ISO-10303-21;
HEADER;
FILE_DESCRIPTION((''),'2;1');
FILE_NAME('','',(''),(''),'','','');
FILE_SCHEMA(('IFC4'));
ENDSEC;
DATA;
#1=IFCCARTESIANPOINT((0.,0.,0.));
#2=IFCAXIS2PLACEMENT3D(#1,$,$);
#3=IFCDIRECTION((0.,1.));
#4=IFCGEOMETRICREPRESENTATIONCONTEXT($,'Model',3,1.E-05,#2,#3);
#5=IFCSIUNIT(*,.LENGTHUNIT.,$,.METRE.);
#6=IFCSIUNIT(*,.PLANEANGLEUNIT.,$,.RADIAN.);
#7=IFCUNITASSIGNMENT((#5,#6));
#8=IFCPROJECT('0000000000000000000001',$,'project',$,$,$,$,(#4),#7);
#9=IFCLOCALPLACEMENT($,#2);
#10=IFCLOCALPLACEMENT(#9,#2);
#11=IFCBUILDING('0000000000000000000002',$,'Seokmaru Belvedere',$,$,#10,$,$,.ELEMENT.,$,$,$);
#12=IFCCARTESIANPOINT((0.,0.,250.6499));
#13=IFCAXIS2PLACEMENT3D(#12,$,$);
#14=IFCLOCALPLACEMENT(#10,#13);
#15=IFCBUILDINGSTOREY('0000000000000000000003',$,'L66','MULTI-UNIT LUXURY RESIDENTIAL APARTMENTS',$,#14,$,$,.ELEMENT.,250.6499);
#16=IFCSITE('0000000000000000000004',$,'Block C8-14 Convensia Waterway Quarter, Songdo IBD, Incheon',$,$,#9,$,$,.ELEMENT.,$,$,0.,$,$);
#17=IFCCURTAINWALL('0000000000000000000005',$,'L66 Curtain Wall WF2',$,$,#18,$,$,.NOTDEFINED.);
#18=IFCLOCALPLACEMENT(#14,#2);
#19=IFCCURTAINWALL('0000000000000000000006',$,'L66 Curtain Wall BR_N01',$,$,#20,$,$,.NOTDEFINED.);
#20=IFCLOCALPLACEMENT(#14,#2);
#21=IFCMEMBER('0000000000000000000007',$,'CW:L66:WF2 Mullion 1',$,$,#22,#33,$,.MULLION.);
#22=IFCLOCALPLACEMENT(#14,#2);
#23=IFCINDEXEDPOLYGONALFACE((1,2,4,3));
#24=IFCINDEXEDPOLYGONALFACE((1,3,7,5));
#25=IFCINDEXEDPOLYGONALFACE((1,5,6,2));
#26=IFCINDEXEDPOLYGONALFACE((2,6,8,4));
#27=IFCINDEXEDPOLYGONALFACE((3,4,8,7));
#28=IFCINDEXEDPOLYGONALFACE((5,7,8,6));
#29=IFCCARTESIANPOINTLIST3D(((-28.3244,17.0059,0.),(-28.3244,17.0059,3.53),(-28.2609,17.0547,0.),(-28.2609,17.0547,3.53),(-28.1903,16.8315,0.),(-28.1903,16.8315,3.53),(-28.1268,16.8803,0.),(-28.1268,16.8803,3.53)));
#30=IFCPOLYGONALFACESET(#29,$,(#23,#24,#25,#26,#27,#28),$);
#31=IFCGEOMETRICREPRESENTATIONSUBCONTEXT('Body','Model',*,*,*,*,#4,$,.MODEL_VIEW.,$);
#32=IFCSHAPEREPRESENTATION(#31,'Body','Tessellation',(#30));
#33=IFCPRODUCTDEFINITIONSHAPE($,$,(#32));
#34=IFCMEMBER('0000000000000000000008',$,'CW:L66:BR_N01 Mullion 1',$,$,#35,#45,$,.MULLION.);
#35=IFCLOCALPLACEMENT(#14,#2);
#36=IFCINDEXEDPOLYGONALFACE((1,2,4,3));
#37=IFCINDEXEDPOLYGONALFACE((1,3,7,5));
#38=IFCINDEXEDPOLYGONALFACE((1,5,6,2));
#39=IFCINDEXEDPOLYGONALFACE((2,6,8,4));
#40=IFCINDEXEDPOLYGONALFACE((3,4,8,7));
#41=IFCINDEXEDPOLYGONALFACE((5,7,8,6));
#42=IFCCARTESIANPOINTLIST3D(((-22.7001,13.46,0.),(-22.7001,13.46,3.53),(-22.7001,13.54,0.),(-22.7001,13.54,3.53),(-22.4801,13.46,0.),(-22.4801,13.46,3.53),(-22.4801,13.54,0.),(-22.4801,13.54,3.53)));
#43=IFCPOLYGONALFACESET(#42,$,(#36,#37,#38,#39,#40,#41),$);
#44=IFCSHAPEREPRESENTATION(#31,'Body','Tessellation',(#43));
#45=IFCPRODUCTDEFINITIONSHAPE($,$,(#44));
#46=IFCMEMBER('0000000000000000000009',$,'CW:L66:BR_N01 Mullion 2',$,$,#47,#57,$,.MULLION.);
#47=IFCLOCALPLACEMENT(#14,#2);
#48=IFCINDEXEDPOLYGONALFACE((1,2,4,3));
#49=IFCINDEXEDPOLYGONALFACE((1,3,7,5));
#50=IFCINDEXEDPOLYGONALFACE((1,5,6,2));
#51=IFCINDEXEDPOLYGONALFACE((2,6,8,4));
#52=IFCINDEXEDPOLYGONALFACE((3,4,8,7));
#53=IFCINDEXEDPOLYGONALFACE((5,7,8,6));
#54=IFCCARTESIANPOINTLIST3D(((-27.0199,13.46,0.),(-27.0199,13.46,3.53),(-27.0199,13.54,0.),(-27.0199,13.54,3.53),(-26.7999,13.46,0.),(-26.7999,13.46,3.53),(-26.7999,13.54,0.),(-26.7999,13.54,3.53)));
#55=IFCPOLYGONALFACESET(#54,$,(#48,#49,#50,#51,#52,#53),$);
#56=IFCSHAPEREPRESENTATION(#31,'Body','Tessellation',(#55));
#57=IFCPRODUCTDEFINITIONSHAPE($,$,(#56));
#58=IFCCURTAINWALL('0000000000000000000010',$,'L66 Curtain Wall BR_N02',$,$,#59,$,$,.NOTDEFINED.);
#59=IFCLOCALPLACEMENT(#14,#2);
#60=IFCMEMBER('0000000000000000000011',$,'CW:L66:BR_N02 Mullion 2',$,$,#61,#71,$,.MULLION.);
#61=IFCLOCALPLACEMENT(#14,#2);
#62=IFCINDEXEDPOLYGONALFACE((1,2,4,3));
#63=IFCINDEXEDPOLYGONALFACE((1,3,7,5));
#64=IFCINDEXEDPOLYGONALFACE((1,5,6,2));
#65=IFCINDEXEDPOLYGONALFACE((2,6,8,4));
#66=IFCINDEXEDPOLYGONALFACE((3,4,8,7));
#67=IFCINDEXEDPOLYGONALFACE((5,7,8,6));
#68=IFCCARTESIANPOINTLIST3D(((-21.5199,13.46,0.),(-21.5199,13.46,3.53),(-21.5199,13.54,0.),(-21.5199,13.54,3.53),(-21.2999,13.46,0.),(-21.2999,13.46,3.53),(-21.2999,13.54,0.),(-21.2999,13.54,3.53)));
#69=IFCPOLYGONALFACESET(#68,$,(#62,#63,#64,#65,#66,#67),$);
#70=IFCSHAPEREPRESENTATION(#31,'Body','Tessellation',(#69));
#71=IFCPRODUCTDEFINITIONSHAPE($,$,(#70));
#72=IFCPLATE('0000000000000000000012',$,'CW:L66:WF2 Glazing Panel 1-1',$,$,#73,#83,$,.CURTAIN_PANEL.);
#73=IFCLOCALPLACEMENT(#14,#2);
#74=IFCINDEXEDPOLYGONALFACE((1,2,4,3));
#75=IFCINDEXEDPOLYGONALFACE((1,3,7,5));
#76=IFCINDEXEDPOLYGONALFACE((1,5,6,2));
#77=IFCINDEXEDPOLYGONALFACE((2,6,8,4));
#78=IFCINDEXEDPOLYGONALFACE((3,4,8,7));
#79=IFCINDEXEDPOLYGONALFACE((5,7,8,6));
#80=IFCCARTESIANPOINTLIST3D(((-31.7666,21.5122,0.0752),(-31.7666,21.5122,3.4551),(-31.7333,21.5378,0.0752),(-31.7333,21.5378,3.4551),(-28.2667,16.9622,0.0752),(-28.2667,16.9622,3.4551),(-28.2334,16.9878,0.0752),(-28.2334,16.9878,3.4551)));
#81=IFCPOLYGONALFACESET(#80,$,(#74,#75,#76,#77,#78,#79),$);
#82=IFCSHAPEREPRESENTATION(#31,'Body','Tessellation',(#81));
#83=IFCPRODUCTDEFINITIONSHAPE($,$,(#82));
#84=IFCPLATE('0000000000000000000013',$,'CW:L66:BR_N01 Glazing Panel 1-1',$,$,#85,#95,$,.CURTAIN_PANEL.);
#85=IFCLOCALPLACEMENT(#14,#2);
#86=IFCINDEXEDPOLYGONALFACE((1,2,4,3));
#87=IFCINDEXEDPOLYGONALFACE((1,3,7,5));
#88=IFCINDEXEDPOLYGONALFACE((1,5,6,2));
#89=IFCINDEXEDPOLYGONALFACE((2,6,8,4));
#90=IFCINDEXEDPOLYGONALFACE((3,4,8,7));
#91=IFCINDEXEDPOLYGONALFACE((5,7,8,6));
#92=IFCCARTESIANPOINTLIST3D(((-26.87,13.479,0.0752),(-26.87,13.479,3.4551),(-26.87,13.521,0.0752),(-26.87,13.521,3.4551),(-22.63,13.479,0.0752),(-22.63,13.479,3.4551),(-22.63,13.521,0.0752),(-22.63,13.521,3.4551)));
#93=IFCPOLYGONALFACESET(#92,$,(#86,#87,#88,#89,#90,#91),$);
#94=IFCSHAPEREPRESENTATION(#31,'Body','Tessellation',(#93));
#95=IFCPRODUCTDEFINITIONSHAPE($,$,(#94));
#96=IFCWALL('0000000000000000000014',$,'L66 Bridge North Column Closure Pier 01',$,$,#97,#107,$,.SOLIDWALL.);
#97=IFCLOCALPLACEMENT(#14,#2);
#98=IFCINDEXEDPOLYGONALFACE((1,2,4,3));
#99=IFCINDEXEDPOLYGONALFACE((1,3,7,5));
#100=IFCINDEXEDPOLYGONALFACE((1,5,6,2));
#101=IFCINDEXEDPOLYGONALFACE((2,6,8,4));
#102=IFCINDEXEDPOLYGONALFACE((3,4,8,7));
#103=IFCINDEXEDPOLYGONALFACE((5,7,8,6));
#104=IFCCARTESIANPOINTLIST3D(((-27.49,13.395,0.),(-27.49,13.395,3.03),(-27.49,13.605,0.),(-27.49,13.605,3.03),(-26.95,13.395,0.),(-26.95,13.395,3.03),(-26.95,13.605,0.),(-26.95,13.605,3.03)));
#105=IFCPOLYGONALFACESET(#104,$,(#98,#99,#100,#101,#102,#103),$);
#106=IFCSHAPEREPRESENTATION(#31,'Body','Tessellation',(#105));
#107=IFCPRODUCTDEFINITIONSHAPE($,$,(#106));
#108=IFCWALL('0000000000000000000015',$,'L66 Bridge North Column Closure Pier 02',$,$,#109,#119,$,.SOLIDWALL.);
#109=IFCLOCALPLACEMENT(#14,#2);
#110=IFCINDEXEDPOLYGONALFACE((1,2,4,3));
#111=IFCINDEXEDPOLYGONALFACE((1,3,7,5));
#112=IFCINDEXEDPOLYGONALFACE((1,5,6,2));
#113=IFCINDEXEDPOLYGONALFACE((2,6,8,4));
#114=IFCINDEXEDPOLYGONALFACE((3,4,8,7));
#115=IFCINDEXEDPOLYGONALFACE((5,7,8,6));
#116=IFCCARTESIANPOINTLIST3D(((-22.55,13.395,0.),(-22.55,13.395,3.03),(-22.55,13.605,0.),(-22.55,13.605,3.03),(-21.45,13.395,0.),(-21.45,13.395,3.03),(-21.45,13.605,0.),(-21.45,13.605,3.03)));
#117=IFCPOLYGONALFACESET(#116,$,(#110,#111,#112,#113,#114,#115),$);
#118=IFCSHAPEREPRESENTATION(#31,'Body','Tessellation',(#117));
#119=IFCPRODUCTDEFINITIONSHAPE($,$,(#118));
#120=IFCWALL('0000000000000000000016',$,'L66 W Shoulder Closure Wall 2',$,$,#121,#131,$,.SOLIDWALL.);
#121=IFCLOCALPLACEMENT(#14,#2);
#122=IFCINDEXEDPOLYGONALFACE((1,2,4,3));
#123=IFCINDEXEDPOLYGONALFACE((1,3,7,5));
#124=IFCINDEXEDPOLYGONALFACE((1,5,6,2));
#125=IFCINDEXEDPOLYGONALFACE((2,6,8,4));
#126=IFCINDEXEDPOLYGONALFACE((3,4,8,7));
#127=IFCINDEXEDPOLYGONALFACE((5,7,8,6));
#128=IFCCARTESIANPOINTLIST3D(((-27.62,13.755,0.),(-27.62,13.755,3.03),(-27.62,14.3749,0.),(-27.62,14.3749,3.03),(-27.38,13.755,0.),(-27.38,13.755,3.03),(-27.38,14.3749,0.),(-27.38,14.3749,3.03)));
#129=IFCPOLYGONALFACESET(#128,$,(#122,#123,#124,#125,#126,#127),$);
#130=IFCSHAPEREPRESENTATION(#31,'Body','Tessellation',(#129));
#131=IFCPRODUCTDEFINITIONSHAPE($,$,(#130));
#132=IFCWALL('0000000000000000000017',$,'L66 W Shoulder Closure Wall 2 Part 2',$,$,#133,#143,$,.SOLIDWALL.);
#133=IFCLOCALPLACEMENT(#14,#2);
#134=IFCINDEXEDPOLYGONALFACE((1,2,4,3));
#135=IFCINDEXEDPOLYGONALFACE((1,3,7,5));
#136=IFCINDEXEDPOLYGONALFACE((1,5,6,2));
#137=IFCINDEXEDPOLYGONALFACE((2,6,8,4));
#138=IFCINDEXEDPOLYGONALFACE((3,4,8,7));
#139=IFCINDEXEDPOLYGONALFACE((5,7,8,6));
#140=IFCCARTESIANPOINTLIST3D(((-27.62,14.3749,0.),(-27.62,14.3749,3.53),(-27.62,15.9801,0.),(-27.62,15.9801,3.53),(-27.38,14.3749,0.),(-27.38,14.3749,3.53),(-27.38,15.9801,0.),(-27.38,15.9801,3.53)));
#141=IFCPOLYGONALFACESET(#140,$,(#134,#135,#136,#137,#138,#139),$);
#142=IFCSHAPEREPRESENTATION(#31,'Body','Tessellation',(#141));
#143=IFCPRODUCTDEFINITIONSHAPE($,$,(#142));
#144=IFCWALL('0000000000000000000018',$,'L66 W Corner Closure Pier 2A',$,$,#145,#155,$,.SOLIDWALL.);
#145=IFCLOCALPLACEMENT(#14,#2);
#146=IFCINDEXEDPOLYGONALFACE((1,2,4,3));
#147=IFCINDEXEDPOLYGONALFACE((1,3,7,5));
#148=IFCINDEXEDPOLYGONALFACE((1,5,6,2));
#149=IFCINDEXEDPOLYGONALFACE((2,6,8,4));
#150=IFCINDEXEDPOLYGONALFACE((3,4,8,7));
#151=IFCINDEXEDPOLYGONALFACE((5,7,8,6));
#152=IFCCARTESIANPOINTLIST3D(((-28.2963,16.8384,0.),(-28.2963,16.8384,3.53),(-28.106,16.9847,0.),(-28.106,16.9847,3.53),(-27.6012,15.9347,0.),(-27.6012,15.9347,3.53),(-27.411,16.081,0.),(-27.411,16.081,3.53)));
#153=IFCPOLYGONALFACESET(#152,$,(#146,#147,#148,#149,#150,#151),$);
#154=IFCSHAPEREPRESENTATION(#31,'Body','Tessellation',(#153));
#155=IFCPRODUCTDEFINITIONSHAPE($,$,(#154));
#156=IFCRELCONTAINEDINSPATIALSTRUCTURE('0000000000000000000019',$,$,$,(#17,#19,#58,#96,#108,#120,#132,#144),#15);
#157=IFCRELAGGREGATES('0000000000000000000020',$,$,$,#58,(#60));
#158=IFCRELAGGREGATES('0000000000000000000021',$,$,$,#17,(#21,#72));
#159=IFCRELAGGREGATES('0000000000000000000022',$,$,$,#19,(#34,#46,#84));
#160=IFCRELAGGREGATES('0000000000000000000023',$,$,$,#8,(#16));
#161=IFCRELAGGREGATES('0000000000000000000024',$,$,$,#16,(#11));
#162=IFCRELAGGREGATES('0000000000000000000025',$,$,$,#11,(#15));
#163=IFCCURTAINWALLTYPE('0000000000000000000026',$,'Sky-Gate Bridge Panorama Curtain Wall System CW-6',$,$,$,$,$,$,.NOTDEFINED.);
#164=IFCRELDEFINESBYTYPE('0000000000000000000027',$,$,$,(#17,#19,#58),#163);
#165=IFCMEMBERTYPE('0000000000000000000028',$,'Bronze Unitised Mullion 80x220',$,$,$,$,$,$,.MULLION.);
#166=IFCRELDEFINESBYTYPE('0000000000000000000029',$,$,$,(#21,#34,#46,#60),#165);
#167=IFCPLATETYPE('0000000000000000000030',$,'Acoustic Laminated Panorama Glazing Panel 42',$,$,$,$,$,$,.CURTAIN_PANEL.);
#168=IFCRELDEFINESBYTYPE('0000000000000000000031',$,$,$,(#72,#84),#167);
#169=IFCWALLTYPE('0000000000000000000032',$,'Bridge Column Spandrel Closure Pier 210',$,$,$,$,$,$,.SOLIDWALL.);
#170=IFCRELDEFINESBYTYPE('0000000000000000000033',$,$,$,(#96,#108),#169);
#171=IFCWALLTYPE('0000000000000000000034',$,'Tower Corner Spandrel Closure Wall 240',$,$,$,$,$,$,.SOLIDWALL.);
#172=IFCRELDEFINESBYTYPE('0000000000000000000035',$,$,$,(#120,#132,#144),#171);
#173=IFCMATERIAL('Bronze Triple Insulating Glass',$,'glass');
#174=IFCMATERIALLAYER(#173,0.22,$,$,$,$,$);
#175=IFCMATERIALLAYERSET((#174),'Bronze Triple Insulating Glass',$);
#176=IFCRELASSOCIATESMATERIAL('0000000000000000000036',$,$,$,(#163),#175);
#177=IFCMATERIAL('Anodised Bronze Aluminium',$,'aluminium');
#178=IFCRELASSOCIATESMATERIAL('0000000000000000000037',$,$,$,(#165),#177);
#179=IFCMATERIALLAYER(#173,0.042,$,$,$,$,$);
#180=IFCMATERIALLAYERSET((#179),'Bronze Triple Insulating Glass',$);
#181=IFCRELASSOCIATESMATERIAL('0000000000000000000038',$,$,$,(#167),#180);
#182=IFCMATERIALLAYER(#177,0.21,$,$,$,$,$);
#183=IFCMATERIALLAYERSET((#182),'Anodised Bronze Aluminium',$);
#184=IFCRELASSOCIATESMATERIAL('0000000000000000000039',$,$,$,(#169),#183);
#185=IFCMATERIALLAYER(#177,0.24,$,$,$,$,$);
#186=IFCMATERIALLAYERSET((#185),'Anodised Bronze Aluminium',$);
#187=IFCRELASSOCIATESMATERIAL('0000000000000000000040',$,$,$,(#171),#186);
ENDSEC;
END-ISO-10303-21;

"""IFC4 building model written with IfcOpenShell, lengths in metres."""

from ifc_helpers import new_model, si_unit, direction, frame, frame_2d, origin, origin_2d, place, context, subcontext, project, spatial, rectangle, extrude, source, transform, mapped, material, layer, layer_set, material_profile, profile_set, type_object, type_shapes, element, aggregate, save


model = new_model("IFC4")

# Units and contexts
model_context = context("Model", 3, precision=1e-05, world=origin(), true_north=direction((0.0, 1.0)))
body_context = subcontext(model_context, "Body", "Model", "MODEL_VIEW")
ifc_project = project(units=[si_unit("LENGTHUNIT", "METRE"), si_unit("PLANEANGLEUNIT", "RADIAN")], contexts=[model_context])

# Site, building, storey
site_placement = place(None, origin())
site = spatial("IfcSite", under=ifc_project, at=site_placement, Name="Block C8-14 Convensia Waterway Quarter, Songdo IBD, Incheon", CompositionType="ELEMENT", RefElevation=0.0)
building_placement = place(site_placement, origin())
building = spatial("IfcBuilding", under=site, at=building_placement, Name="Seokmaru Belvedere", CompositionType="ELEMENT")
storey_placement = place(building_placement, frame((0.0, 0.0, 250.6499)))
storey = spatial("IfcBuildingStorey", under=building, at=storey_placement, Name="L66", Description="MULTI-UNIT LUXURY RESIDENTIAL APARTMENTS", CompositionType="ELEMENT", Elevation=250.6499)

# Curtain walls
ifc_material_1 = material(Name="Bronze Triple Insulating Glass", Category="glass")
ifc_layer_1 = layer(ifc_material_1, 0.22)
ifc_layer_set_1 = layer_set([ifc_layer_1], Name="Bronze Triple Insulating Glass")
curtain_wall_type = type_object("IfcCurtainWallType", Name="Sky-Gate Bridge Panorama Curtain Wall System CW-6", PredefinedType="NOTDEFINED", material=ifc_layer_set_1)
curtain_wall_1_placement = place(storey_placement, origin())
curtain_wall_1 = element("IfcCurtainWall", 1, at=curtain_wall_1_placement, inside=storey, type_object=curtain_wall_type, Name="L66 Curtain Wall WF2", PredefinedType="NOTDEFINED")
ifc_material_2 = material(Name="Anodised Bronze Aluminium", Category="aluminium")
curtain_wall_2_placement = place(storey_placement, origin())
curtain_wall_2 = element("IfcCurtainWall", 2, at=curtain_wall_2_placement, inside=storey, type_object=curtain_wall_type, Name="L66 Curtain Wall BR_N01", PredefinedType="NOTDEFINED")

# Members
ifc_material_profile_1 = material_profile(ifc_material_2, rectangle(XDim=0.0801, YDim=0.22, at=origin_2d()), Name="CW-M-80x220")
ifc_profile_set_1 = profile_set([ifc_material_profile_1], Name="Anodised Bronze Aluminium")
member_type_1 = type_object("IfcMemberType", Name="Bronze Unitised Mullion 80x220", PredefinedType="MULLION", material=ifc_profile_set_1)
shared_shape_1 = source(origin(), body_context, "Body", "SweptSolid", [
    extrude(rectangle(XDim=0.0801, YDim=0.22, at=origin_2d()), origin(), (0.0, 0.0, 1.0), 3.53),
])
type_shapes(member_type_1, [shared_shape_1])
member_1_placement = place(storey_placement, frame((-28.2256, 16.9431, 0.0), z_axis=(0.0, 0.0, 1.0), x_axis=(-0.792631, -0.609701, 0.0)))
member_1 = element("IfcMember", 3, at=member_1_placement, type_object=member_type_1, Name="CW:L66:WF2 Mullion 1", PredefinedType="MULLION", context=body_context, shape_type="MappedRepresentation", body=[
    mapped(shared_shape_1, transform((0.0, 0.0, 0.0), scale=1.0)),
])
member_2_placement = place(storey_placement, frame((-22.5901, 13.5, 0.0), z_axis=(0.0, 0.0, 1.0), x_axis=(0.0, -1.0, 0.0)))
member_2 = element("IfcMember", 4, at=member_2_placement, type_object=member_type_1, Name="CW:L66:BR_N01 Mullion 1", PredefinedType="MULLION", context=body_context, shape_type="MappedRepresentation", body=[
    mapped(shared_shape_1, transform((0.0, 0.0, 0.0), scale=1.0)),
])
member_3_placement = place(storey_placement, frame((-26.9099, 13.5, 0.0), z_axis=(0.0, 0.0, 1.0), x_axis=(0.0, -1.0, 0.0)))
member_3 = element("IfcMember", 5, at=member_3_placement, type_object=member_type_1, Name="CW:L66:BR_N01 Mullion 2", PredefinedType="MULLION", context=body_context, shape_type="MappedRepresentation", body=[
    mapped(shared_shape_1, transform((0.0, 0.0, 0.0), scale=1.0)),
])

# Curtain wall, member
curtain_wall_3_placement = place(storey_placement, origin())
curtain_wall_3 = element("IfcCurtainWall", 6, at=curtain_wall_3_placement, inside=storey, type_object=curtain_wall_type, Name="L66 Curtain Wall BR_N02", PredefinedType="NOTDEFINED")
member_4_placement = place(storey_placement, frame((-21.4099, 13.5, 0.0), z_axis=(0.0, 0.0, 1.0), x_axis=(0.0, -1.0, 0.0)))
member_4 = element("IfcMember", 7, at=member_4_placement, type_object=member_type_1, Name="CW:L66:BR_N02 Mullion 2", PredefinedType="MULLION", context=body_context, shape_type="MappedRepresentation", body=[
    mapped(shared_shape_1, transform((0.0, 0.0, 0.0), scale=1.0)),
])
aggregate(curtain_wall_3, [member_4])

# Plates
ifc_layer_2 = layer(ifc_material_1, 0.042)
ifc_layer_set_2 = layer_set([ifc_layer_2], Name="Bronze Triple Insulating Glass")
plate_type = type_object("IfcPlateType", Name="Acoustic Laminated Panorama Glazing Panel 42", PredefinedType="CURTAIN_PANEL", material=ifc_layer_set_2)
shared_shape_2 = source(origin(), body_context, "Body", "SweptSolid", [
    extrude(rectangle(XDim=5.7405, YDim=0.042, at=origin_2d()), origin(), (0.0, 0.0, 1.0), 3.3799),
])
plate_1_placement = place(storey_placement, frame((-30.0, 19.25, 0.0752), z_axis=(0.0, 0.0, 1.0), x_axis=(-0.609701, 0.792631, 0.0)))
plate_1 = element("IfcPlate", 8, at=plate_1_placement, type_object=plate_type, Name="CW:L66:WF2 Glazing Panel 1-1", PredefinedType="CURTAIN_PANEL", context=body_context, shape_type="MappedRepresentation", body=[
    mapped(shared_shape_2, transform((0.0, 0.0, 0.0), scale=1.0)),
])
aggregate(curtain_wall_1, [member_1, plate_1])
shared_shape_3 = source(origin(), body_context, "Body", "SweptSolid", [
    extrude(rectangle(XDim=4.24, YDim=0.042, at=origin_2d()), origin(), (0.0, 0.0, 1.0), 3.3799),
])
type_shapes(plate_type, [shared_shape_2, shared_shape_3])
plate_2_placement = place(storey_placement, frame((-24.75, 13.5, 0.0752), z_axis=(0.0, 0.0, 1.0), x_axis=(-1.0, 0.0, 0.0)))
plate_2 = element("IfcPlate", 9, at=plate_2_placement, type_object=plate_type, Name="CW:L66:BR_N01 Glazing Panel 1-1", PredefinedType="CURTAIN_PANEL", context=body_context, shape_type="MappedRepresentation", body=[
    mapped(shared_shape_3, transform((0.0, 0.0, 0.0), scale=1.0)),
])
aggregate(curtain_wall_2, [member_2, member_3, plate_2])

# Walls
ifc_layer_3 = layer(ifc_material_2, 0.21)
ifc_layer_set_3 = layer_set([ifc_layer_3], Name="Anodised Bronze Aluminium")
wall_type_1 = type_object("IfcWallType", Name="Bridge Column Spandrel Closure Pier 210", PredefinedType="SOLIDWALL", material=ifc_layer_set_3)
wall_1_placement = place(storey_placement, frame((-27.49, 13.5, 0.0), z_axis=(0.0, 0.0, 1.0), x_axis=(1.0, 0.0, 0.0)))
element("IfcWall", 10, at=wall_1_placement, inside=storey, type_object=wall_type_1, Name="L66 Bridge North Column Closure Pier 01", PredefinedType="SOLIDWALL", context=body_context, shape_type="SweptSolid", body=[
    extrude(rectangle(XDim=0.54, YDim=0.21, at=frame_2d((0.27, 0.0))), origin(), (0.0, 0.0, 1.0), 3.03),
])
wall_2_placement = place(storey_placement, frame((-22.55, 13.5, 0.0), z_axis=(0.0, 0.0, 1.0), x_axis=(1.0, 0.0, 0.0)))
element("IfcWall", 11, at=wall_2_placement, inside=storey, type_object=wall_type_1, Name="L66 Bridge North Column Closure Pier 02", PredefinedType="SOLIDWALL", context=body_context, shape_type="SweptSolid", body=[
    extrude(rectangle(XDim=1.1001, YDim=0.21, at=frame_2d((0.55, 0.0))), origin(), (0.0, 0.0, 1.0), 3.03),
])
ifc_layer_4 = layer(ifc_material_2, 0.24)
ifc_layer_set_4 = layer_set([ifc_layer_4], Name="Anodised Bronze Aluminium")
wall_type_2 = type_object("IfcWallType", Name="Tower Corner Spandrel Closure Wall 240", PredefinedType="SOLIDWALL", material=ifc_layer_set_4)
wall_3_placement = place(storey_placement, frame((-27.5, 13.7549, 0.0), z_axis=(0.0, 0.0, 1.0), x_axis=(0.0, 1.0, 0.0)))
element("IfcWall", 12, at=wall_3_placement, inside=storey, type_object=wall_type_2, Name="L66 W Shoulder Closure Wall 2", PredefinedType="SOLIDWALL", context=body_context, shape_type="SweptSolid", body=[
    extrude(rectangle(XDim=0.6199, YDim=0.24, at=frame_2d((0.3101, 0.0))), origin(), (0.0, 0.0, 1.0), 3.03),
])
wall_4_placement = place(storey_placement, frame((-27.5, 14.3748, 0.0), z_axis=(0.0, 0.0, 1.0), x_axis=(0.0, 1.0, 0.0)))
element("IfcWall", 13, at=wall_4_placement, inside=storey, type_object=wall_type_2, Name="L66 W Shoulder Closure Wall 2 Part 2", PredefinedType="SOLIDWALL", context=body_context, shape_type="SweptSolid", body=[
    extrude(rectangle(XDim=1.6052, YDim=0.24, at=frame_2d((0.8027, 0.0))), origin(), (0.0, 0.0, 1.0), 3.53),
])
wall_5_placement = place(storey_placement, frame((-27.5061, 16.0078, 0.0), z_axis=(0.0, 0.0, 1.0), x_axis=(-0.609618, 0.792696, 0.0)))
element("IfcWall", 14, at=wall_5_placement, inside=storey, type_object=wall_type_2, Name="L66 W Corner Closure Pier 2A", PredefinedType="SOLIDWALL", context=body_context, shape_type="SweptSolid", body=[
    extrude(rectangle(XDim=1.1401, YDim=0.24, at=frame_2d((0.5701, 0.0))), origin(), (0.0, 0.0, 1.0), 3.53),
])

save(model, "model.ifc")
